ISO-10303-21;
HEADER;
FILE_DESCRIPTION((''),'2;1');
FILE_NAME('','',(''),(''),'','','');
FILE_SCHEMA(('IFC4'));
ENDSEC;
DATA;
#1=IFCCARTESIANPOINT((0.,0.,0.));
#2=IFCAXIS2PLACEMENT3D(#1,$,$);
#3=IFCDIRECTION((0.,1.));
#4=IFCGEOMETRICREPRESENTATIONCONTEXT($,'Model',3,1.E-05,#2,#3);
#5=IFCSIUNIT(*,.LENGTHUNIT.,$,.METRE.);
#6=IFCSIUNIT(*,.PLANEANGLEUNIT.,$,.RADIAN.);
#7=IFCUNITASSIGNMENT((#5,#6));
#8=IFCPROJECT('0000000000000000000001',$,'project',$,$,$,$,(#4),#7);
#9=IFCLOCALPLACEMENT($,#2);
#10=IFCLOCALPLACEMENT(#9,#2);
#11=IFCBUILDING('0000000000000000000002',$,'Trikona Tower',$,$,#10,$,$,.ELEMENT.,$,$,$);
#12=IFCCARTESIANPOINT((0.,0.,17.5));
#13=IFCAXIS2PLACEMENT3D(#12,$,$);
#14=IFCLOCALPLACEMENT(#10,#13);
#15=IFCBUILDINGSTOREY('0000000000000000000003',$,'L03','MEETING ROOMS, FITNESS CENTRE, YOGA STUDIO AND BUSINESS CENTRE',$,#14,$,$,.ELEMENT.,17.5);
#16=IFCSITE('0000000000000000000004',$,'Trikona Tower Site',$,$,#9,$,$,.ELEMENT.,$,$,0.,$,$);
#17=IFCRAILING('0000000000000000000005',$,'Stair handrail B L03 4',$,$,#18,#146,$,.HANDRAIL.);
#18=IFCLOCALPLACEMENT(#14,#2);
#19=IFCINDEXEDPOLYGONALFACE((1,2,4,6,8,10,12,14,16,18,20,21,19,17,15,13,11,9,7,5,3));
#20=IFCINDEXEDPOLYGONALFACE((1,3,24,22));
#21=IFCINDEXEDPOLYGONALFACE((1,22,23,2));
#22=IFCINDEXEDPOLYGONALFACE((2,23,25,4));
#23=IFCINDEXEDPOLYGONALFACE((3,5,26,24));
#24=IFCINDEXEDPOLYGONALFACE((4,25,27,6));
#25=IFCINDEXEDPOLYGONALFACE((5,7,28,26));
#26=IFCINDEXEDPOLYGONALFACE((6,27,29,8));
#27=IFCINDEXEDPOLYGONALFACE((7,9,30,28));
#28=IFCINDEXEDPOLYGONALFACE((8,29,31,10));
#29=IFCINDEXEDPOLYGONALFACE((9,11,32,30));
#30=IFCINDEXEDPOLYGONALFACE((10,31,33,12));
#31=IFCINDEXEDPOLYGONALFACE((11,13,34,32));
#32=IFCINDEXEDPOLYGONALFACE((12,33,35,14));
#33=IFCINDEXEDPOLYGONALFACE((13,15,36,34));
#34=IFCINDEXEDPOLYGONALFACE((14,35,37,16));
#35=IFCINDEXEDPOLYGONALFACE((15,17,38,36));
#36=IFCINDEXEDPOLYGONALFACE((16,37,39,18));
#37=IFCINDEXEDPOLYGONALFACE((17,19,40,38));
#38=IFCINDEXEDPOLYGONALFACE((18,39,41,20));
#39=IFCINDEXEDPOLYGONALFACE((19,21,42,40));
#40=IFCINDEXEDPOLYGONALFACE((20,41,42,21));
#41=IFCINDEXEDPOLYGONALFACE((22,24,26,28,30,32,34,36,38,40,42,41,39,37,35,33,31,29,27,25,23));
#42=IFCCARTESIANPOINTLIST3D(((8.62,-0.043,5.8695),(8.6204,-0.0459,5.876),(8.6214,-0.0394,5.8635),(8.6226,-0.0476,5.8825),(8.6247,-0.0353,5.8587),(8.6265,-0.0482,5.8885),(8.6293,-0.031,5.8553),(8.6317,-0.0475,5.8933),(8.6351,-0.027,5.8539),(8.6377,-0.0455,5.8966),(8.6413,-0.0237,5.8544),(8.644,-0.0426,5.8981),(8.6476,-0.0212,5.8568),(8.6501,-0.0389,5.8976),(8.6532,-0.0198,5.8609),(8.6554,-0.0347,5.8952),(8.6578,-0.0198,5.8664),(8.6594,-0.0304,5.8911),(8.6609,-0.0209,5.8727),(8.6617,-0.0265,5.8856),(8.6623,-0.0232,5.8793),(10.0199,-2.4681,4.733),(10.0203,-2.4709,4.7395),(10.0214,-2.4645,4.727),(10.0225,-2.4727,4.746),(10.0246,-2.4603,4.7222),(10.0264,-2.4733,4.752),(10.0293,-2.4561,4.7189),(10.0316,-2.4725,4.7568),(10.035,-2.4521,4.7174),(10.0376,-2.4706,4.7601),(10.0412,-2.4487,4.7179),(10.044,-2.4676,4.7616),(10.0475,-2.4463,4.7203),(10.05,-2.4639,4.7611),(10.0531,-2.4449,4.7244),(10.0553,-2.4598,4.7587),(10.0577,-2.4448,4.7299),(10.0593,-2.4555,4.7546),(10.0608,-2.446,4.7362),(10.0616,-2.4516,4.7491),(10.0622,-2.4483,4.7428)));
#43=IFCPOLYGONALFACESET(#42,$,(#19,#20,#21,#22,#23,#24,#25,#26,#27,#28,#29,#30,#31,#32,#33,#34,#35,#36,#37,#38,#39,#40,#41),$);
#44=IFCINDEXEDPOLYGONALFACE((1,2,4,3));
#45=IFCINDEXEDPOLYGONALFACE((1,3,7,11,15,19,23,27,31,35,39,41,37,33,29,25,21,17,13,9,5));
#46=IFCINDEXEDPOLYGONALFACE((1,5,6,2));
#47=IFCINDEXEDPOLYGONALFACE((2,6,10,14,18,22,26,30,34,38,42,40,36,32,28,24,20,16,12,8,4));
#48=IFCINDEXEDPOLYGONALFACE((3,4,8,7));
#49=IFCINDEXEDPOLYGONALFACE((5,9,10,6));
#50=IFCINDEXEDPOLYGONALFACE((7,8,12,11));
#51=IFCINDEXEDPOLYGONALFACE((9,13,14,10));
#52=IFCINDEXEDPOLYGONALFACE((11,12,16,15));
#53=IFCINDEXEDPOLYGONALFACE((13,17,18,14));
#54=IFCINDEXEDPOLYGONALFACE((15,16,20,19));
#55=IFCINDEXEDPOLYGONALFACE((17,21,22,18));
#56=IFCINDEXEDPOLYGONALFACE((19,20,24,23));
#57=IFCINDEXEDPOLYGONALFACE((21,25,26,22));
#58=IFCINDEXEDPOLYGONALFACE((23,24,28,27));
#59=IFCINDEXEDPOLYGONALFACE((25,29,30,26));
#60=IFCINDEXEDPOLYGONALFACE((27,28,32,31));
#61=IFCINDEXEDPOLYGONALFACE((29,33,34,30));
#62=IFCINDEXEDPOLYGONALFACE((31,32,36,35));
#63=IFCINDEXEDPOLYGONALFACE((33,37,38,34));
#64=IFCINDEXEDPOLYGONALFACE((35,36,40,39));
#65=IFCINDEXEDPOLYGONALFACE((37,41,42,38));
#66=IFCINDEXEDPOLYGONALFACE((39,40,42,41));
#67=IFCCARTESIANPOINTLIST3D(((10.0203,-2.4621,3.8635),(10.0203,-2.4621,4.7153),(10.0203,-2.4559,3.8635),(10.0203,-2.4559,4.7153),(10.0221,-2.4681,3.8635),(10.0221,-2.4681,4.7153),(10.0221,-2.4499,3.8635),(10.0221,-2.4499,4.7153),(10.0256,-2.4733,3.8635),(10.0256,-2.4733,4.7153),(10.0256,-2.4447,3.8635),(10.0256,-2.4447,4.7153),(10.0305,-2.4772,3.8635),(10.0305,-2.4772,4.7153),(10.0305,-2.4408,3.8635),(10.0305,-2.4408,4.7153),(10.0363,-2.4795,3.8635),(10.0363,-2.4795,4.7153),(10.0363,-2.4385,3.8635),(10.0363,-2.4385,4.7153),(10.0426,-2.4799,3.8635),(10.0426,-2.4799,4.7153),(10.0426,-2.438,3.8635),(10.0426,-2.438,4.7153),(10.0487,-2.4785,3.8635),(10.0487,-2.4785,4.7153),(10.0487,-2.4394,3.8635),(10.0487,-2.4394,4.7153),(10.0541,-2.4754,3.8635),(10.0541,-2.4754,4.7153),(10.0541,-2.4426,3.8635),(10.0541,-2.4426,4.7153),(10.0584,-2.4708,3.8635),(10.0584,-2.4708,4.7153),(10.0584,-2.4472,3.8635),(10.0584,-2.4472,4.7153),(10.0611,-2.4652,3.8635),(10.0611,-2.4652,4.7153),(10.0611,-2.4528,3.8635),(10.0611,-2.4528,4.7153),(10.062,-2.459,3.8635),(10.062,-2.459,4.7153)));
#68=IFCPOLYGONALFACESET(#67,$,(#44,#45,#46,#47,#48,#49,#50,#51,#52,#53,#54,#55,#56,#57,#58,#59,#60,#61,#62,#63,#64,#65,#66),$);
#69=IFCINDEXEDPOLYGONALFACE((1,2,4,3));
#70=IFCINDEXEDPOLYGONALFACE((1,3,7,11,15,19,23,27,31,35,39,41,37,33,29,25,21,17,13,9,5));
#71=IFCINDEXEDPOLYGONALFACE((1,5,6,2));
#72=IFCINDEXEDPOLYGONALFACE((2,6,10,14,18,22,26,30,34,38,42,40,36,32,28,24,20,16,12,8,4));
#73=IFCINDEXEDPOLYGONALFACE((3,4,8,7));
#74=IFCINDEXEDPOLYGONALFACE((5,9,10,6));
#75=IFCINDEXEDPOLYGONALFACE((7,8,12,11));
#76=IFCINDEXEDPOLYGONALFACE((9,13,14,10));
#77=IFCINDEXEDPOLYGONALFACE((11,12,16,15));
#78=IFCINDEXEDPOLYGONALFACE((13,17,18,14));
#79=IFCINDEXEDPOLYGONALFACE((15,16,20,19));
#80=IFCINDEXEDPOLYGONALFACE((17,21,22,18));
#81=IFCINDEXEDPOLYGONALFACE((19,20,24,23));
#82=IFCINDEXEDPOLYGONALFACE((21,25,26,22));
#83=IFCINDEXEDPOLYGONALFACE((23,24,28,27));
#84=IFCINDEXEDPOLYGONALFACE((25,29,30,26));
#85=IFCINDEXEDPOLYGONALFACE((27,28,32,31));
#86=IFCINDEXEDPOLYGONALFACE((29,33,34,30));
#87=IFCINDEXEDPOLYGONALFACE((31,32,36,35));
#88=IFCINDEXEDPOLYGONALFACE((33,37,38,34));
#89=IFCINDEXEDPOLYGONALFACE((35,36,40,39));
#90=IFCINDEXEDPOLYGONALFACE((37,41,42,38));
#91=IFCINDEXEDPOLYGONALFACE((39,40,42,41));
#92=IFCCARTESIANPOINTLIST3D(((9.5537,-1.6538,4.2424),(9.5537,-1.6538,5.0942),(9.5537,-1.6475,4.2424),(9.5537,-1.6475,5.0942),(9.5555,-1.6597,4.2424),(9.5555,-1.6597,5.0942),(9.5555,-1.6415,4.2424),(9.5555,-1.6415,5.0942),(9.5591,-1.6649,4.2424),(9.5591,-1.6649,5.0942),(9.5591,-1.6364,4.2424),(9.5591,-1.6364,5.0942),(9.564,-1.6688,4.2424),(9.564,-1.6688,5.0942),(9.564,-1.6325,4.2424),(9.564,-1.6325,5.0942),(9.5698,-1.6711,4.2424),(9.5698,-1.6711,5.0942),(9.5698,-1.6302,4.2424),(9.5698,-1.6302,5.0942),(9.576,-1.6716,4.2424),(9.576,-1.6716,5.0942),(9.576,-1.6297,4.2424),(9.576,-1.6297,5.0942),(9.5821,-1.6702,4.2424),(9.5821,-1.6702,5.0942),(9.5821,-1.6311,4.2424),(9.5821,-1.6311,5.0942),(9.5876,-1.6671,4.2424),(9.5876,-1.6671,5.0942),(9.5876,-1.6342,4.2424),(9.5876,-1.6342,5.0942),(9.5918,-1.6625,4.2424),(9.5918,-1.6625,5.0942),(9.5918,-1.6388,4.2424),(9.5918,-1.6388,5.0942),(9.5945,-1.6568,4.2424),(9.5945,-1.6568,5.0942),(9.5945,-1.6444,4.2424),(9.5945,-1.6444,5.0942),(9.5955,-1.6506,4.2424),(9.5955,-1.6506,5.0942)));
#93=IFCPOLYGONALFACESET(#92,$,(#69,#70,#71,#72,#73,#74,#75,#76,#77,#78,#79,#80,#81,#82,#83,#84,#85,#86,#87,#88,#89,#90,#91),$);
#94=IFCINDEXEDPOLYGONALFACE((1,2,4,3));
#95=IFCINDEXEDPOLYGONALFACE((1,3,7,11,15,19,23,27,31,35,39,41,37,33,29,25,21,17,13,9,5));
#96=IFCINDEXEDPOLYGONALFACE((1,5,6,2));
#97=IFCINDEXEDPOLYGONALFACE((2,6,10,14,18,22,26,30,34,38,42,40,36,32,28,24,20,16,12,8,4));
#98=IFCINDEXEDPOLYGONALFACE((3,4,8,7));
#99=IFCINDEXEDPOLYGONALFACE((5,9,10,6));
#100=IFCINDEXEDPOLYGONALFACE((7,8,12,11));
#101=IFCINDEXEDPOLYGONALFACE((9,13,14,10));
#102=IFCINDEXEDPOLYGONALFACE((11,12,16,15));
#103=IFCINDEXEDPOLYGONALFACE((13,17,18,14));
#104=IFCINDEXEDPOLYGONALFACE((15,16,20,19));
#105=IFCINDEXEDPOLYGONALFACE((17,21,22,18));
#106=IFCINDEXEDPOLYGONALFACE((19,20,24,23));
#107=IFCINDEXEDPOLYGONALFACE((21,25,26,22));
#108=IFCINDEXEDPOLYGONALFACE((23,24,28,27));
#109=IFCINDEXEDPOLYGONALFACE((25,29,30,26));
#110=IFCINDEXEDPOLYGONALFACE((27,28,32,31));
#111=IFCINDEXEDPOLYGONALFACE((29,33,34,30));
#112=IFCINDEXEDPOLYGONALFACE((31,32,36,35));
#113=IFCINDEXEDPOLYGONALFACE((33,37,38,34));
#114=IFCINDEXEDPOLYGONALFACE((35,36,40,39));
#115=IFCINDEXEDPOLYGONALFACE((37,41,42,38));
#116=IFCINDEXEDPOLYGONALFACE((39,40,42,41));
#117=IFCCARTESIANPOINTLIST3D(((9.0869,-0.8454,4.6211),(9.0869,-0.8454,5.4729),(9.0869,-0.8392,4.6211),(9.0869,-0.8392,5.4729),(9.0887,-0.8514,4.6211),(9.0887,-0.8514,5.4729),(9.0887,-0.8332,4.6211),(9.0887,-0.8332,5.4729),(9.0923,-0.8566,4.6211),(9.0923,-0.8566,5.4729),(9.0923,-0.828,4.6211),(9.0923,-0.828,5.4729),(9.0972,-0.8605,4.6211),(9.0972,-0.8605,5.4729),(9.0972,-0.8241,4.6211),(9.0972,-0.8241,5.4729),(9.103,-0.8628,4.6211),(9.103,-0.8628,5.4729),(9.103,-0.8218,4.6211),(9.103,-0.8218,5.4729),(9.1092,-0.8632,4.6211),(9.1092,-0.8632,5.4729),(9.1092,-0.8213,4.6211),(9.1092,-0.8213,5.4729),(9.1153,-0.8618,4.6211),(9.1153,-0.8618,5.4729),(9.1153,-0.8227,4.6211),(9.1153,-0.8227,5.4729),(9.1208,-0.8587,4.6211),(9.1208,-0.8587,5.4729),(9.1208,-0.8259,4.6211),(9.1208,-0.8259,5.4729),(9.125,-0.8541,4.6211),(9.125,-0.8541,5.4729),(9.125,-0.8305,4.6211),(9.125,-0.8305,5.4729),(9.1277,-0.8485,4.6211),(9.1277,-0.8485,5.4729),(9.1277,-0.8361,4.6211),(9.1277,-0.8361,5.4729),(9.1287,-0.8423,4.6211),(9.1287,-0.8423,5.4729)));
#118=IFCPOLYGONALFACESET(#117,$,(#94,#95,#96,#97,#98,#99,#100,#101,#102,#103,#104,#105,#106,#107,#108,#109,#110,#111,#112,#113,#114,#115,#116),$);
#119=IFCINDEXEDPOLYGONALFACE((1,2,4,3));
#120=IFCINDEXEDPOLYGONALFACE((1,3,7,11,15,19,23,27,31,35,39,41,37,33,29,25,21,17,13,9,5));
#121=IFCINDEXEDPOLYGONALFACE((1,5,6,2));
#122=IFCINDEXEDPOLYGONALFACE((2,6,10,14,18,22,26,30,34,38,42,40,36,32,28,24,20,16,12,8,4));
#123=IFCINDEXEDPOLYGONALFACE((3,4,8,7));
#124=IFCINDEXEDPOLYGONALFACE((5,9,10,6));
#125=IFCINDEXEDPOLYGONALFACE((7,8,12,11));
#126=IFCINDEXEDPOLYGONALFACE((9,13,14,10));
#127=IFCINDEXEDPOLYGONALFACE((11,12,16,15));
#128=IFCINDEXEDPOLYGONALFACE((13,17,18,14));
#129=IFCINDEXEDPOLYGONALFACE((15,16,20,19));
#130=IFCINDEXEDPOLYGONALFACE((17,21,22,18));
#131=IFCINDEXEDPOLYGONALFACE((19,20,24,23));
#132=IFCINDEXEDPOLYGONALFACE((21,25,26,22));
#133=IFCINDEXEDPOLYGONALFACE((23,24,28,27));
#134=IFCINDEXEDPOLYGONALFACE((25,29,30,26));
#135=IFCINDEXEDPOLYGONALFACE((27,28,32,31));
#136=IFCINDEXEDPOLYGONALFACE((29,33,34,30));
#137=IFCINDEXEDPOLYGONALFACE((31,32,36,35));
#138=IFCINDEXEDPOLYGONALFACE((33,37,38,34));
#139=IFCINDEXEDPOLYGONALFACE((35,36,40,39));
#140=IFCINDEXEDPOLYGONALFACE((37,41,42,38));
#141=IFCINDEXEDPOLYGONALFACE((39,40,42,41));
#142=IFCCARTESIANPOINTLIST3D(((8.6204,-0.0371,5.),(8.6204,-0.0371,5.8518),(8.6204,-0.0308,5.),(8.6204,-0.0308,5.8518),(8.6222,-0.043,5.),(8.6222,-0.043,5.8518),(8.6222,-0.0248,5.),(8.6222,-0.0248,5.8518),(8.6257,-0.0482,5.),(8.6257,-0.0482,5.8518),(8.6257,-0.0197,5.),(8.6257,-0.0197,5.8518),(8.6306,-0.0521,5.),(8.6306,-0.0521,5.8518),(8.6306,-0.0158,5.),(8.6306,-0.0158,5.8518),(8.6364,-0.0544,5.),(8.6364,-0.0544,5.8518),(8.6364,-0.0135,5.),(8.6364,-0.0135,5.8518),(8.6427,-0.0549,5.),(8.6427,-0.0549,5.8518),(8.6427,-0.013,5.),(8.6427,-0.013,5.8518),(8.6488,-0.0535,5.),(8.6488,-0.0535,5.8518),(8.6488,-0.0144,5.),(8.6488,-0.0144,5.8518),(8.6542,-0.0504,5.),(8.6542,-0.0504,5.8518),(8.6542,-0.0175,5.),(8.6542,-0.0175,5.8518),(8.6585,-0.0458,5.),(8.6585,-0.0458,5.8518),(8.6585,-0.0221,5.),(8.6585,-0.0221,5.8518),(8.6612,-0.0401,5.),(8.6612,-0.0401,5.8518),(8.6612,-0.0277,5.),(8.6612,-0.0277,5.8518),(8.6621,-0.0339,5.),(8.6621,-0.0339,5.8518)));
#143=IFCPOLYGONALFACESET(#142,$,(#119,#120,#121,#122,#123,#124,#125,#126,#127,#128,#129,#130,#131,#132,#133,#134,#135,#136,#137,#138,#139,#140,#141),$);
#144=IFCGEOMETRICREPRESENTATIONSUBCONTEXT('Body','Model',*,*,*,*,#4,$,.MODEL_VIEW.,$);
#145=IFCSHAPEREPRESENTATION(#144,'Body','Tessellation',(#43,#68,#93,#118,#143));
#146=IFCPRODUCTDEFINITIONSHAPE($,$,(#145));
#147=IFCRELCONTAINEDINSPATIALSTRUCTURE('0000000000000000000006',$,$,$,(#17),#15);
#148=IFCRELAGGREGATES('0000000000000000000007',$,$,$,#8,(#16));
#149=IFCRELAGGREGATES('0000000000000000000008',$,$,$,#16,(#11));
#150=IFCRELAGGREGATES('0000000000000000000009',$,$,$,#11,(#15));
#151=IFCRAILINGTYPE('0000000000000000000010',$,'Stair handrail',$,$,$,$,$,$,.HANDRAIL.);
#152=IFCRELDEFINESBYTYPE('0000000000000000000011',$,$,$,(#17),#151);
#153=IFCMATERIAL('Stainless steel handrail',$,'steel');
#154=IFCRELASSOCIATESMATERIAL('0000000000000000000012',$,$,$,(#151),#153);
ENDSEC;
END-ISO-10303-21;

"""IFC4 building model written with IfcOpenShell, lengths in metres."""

from ifc_helpers import new_model, si_unit, direction, frame, origin, origin_2d, place, context, subcontext, project, spatial, circle, extrude, material, type_object, element, save


model = new_model("IFC4")

# Units and contexts
model_context = context("Model", 3, precision=1e-05, world=origin(), true_north=direction((0.0, 1.0)))
body_context = subcontext(model_context, "Body", "Model", "MODEL_VIEW")
ifc_project = project(units=[si_unit("LENGTHUNIT", "METRE"), si_unit("PLANEANGLEUNIT", "RADIAN")], contexts=[model_context])

# Site, building, storey
site_placement = place(None, origin())
site = spatial("IfcSite", under=ifc_project, at=site_placement, Name="Trikona Tower Site", CompositionType="ELEMENT", RefElevation=0.0)
building_placement = place(site_placement, origin())
building = spatial("IfcBuilding", under=site, at=building_placement, Name="Trikona Tower", CompositionType="ELEMENT")
storey_placement = place(building_placement, frame((0.0, 0.0, 17.5)))
storey = spatial("IfcBuildingStorey", under=building, at=storey_placement, Name="L03", Description="MEETING ROOMS, FITNESS CENTRE, YOGA STUDIO AND BUSINESS CENTRE", CompositionType="ELEMENT", Elevation=17.5)

# Railing
ifc_material_1 = material(Name="Stainless steel handrail", Category="steel")
railing_type = type_object("IfcRailingType", Name="Stair handrail", PredefinedType="HANDRAIL", material=ifc_material_1)
for number, where, name in (
    (1, (10.041, -2.459, 3.8635), "Stair handrail B L03 4"),
):
    element("IfcRailing", number, at=place(storey_placement, frame(where)), inside=storey, type_object=railing_type, Name=name, PredefinedType="HANDRAIL", context=body_context, shape_type="SweptSolid", body=[
        extrude(circle(Radius=0.0239, at=origin_2d()), frame((0.0, 0.0, 0.876), z_axis=(-0.463245, 0.802479, 0.376074), x_axis=(-0.866056, -0.499946, 0.0)), (0.0, 0.0, 1.0), 3.022),
        extrude(circle(Radius=0.021, at=origin_2d()), origin(), (0.0, 0.0, 1.0), 0.8518),
        extrude(circle(Radius=0.021, at=origin_2d()), frame((-0.4666, 0.8083, 0.3789)), (0.0, 0.0, 1.0), 0.8518),
        extrude(circle(Radius=0.021, at=origin_2d()), frame((-0.9333, 1.6167, 0.7576)), (0.0, 0.0, 1.0), 0.8518),
        extrude(circle(Radius=0.021, at=origin_2d()), frame((-1.3999, 2.425, 1.1365)), (0.0, 0.0, 1.0), 0.8518),
    ])

save(model, "model.ifc")
